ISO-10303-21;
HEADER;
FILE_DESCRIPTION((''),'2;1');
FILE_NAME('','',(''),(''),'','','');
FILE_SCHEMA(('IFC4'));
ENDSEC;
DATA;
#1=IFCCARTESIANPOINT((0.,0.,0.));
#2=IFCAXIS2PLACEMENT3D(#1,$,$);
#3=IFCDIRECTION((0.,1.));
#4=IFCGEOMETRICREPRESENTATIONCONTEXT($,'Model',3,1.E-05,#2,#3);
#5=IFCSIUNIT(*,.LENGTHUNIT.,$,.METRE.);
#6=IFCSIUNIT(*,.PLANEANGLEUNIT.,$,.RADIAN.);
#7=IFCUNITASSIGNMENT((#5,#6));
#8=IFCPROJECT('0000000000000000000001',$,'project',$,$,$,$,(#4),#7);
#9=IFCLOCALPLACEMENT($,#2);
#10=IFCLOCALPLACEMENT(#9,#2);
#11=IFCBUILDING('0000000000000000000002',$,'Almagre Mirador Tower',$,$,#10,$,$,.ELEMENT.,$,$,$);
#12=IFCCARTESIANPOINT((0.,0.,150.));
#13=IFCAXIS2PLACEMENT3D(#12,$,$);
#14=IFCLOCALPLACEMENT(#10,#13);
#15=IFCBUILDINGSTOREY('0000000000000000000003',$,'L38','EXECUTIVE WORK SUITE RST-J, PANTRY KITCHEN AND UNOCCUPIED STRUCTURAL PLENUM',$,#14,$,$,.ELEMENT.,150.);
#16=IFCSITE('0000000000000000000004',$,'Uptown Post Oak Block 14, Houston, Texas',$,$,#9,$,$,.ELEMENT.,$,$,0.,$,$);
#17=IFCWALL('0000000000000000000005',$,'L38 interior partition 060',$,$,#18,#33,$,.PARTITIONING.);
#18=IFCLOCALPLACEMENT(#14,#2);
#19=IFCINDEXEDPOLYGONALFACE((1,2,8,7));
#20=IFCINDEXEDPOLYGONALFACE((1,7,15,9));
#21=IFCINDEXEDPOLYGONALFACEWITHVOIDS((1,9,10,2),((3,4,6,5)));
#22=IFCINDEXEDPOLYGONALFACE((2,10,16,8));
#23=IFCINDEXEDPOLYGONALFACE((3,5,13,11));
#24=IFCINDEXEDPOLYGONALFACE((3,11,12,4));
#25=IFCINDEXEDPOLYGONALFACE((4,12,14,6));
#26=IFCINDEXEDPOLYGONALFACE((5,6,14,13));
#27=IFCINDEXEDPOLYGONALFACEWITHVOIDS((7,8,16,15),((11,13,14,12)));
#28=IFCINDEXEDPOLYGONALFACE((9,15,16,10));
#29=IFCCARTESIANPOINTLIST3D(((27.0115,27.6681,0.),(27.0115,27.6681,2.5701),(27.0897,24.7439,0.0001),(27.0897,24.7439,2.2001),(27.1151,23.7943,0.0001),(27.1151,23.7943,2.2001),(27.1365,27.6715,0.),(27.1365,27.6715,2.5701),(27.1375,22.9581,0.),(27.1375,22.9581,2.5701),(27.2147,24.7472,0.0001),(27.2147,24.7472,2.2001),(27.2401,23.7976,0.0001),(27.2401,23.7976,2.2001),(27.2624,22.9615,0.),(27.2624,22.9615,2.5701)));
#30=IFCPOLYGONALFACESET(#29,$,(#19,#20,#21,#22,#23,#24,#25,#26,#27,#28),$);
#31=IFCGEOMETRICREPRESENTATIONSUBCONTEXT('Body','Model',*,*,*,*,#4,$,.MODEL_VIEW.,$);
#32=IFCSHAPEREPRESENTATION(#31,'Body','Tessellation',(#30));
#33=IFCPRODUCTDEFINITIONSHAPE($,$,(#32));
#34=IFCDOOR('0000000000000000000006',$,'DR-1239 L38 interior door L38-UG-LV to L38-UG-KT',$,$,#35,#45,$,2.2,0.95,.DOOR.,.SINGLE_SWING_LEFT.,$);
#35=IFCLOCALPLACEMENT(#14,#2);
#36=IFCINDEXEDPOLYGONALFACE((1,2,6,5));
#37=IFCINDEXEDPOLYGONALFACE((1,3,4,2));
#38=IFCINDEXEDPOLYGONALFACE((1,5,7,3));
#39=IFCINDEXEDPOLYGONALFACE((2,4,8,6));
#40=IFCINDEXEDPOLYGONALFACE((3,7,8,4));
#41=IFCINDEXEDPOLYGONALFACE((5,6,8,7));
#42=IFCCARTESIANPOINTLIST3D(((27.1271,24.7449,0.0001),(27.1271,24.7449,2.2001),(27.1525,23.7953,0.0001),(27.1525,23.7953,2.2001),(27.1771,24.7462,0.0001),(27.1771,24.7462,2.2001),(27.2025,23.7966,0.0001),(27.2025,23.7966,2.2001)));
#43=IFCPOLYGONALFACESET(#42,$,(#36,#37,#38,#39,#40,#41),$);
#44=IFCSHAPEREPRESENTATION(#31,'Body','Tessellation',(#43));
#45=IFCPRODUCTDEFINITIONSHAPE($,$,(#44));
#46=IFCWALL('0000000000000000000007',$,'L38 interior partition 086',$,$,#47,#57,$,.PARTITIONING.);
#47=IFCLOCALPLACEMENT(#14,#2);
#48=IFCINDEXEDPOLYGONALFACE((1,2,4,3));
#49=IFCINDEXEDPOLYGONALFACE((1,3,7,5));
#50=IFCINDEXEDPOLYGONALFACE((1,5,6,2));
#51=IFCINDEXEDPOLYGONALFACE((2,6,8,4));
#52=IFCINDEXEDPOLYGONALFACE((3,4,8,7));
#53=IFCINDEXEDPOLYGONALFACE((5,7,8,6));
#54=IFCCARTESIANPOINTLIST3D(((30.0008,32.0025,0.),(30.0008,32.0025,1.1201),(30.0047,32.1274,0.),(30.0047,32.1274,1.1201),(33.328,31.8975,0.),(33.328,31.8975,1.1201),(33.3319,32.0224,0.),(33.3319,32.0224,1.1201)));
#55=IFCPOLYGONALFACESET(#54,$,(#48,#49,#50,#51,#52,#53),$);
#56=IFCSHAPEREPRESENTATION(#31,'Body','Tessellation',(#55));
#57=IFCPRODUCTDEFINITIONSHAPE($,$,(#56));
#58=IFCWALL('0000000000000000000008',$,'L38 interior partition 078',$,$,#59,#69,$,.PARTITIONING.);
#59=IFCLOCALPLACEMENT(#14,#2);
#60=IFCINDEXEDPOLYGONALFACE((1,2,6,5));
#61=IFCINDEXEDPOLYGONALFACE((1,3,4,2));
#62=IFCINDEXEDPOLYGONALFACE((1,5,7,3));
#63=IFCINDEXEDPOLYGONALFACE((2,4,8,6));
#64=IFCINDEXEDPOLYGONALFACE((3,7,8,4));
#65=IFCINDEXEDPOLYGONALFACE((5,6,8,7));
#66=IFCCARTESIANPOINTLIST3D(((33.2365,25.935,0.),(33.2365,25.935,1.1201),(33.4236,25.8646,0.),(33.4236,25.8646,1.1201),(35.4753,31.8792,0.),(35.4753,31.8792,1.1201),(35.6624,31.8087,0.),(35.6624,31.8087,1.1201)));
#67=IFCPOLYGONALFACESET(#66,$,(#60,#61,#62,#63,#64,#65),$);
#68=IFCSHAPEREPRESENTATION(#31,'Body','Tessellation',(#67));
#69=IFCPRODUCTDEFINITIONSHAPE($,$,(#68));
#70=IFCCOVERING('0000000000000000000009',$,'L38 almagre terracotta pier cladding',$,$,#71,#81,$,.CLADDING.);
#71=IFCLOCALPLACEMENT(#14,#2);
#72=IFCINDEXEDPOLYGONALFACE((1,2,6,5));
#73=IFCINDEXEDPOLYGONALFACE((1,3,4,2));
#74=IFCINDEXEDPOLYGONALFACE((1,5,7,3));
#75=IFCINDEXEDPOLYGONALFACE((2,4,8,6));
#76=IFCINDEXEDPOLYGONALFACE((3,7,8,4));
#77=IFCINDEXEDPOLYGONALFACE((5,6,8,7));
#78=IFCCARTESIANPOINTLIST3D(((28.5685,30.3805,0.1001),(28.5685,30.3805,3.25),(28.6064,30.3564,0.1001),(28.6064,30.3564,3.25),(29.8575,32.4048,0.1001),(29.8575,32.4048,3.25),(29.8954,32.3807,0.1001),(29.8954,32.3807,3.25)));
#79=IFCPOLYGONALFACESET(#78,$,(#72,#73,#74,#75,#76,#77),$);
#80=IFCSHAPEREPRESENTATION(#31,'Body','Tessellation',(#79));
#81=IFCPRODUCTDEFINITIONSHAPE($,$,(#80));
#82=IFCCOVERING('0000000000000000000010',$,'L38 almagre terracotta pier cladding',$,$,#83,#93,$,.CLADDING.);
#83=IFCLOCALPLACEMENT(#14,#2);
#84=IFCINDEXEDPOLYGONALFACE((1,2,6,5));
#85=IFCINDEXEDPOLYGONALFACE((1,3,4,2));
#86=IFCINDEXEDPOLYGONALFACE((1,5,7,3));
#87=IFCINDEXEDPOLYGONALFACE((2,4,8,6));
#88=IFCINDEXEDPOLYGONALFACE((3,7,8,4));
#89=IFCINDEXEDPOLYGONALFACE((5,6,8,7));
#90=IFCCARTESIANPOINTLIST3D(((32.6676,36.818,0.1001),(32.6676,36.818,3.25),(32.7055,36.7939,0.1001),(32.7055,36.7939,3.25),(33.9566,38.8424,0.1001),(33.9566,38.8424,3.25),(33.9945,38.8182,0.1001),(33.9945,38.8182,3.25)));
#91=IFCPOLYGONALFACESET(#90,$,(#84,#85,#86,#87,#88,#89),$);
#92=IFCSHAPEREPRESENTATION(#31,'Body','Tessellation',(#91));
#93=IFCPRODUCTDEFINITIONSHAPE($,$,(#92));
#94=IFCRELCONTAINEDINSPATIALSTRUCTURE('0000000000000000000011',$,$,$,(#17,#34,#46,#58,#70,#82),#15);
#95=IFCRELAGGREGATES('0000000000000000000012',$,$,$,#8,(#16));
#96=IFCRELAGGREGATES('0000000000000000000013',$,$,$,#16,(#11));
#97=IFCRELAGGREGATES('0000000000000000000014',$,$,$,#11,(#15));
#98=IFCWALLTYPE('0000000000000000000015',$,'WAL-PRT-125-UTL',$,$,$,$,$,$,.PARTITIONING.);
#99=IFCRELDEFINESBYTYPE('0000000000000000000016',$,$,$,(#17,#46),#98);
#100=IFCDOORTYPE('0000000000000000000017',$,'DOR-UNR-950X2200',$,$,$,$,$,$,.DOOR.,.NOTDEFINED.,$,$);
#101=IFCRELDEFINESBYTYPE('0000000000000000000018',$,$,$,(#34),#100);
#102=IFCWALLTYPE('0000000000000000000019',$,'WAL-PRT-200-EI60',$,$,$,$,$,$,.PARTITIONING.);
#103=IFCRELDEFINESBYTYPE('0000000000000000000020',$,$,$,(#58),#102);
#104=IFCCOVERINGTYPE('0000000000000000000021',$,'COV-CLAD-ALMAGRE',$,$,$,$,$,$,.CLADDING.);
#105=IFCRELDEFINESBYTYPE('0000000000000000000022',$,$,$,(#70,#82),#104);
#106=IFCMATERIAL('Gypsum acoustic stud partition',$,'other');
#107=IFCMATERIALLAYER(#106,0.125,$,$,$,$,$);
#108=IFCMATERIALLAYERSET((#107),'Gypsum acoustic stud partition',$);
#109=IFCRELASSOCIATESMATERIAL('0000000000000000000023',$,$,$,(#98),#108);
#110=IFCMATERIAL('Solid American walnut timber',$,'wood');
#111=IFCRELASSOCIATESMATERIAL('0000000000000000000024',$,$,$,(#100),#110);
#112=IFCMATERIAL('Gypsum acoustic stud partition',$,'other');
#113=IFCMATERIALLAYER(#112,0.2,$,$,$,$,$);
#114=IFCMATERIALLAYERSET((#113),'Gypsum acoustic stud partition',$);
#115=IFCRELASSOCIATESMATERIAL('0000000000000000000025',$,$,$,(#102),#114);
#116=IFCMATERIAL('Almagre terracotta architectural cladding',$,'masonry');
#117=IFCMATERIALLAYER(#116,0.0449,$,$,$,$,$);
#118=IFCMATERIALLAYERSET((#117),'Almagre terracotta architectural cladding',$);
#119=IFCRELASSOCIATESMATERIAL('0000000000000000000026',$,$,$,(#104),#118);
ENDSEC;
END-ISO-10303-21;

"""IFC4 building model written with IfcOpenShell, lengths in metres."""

from ifc_helpers import new_model, si_unit, direction, frame, frame_2d, origin, origin_2d, place, context, subcontext, project, spatial, rectangle, extrude, material, layer, layer_set, type_object, element, fill, save


model = new_model("IFC4")

# Units and contexts
model_context = context("Model", 3, precision=1e-05, world=origin(), true_north=direction((0.0, 1.0)))
body_context = subcontext(model_context, "Body", "Model", "MODEL_VIEW")
ifc_project = project(units=[si_unit("LENGTHUNIT", "METRE"), si_unit("PLANEANGLEUNIT", "RADIAN")], contexts=[model_context])

# Site, building, storey
site_placement = place(None, origin())
site = spatial("IfcSite", under=ifc_project, at=site_placement, Name="Uptown Post Oak Block 14, Houston, Texas", CompositionType="ELEMENT", RefElevation=0.0)
building_placement = place(site_placement, origin())
building = spatial("IfcBuilding", under=site, at=building_placement, Name="Almagre Mirador Tower", CompositionType="ELEMENT")
storey_placement = place(building_placement, frame((0.0, 0.0, 150.0)))
storey = spatial("IfcBuildingStorey", under=building, at=storey_placement, Name="L38", Description="EXECUTIVE WORK SUITE RST-J, PANTRY KITCHEN AND UNOCCUPIED STRUCTURAL PLENUM", CompositionType="ELEMENT", Elevation=150.0)

# Wall, opening, door
ifc_material_1 = material(Name="Gypsum acoustic stud partition", Category="other")
ifc_layer_1 = layer(ifc_material_1, 0.125)
ifc_layer_set_1 = layer_set([ifc_layer_1], Name="Gypsum acoustic stud partition")
wall_type_1 = type_object("IfcWallType", Name="WAL-PRT-125-UTL", PredefinedType="PARTITIONING", material=ifc_layer_set_1)
wall_1_placement = place(storey_placement, frame((27.074, 27.6699, 0.0), z_axis=(0.0, 0.0, 1.0), x_axis=(0.026737, -0.999642, 0.0)))
wall_1 = element("IfcWall", 1, at=wall_1_placement, inside=storey, type_object=wall_type_1, Name="L38 interior partition 060", PredefinedType="PARTITIONING", context=body_context, shape_type="SweptSolid", body=[
    extrude(rectangle(XDim=4.7117, YDim=0.125, at=frame_2d((2.356, 0.0))), origin(), (0.0, 0.0, 1.0), 2.5701),
])
opening_1_placement = place(wall_1_placement, frame((2.9253, 0.0, 0.0)))
opening_1 = element("IfcOpeningElement", 2, at=opening_1_placement, cuts=wall_1, PredefinedType="OPENING", context=body_context, shape_type="SweptSolid", body=[
    extrude(rectangle(XDim=0.95, YDim=2.2, at=frame_2d((0.4751, 1.1001))), frame((0.0, 0.0725, 0.0), z_axis=(0.0, -1.0, 0.0), x_axis=(1.0, 0.0, 0.0)), (0.0, 0.0, 1.0), 0.145),
])
ifc_material_2 = material(Name="Solid American walnut timber", Category="wood")
door_type_1 = type_object("IfcDoorType", Name="DOR-UNR-950X2200", OperationType="NOTDEFINED", PredefinedType="DOOR", material=ifc_material_2)
door_1_placement = place(opening_1_placement, origin())
door_1 = element("IfcDoor", 3, at=door_1_placement, inside=storey, type_object=door_type_1, Name="DR-1239 L38 interior door L38-UG-LV to L38-UG-KT", OperationType="SINGLE_SWING_LEFT", OverallHeight=2.2, OverallWidth=0.95, PredefinedType="DOOR", context=body_context, shape_type="SweptSolid", body=[
    extrude(rectangle(XDim=0.95, YDim=2.2, at=frame_2d((0.4751, 1.1001))), frame((0.0, 0.0249, 0.0), z_axis=(0.0, -1.0, 0.0), x_axis=(1.0, 0.0, 0.0)), (0.0, 0.0, 1.0), 0.05),
])
fill(opening_1, door_1)

# Walls
wall_2_placement = place(storey_placement, frame((33.3301, 31.96, 0.0), z_axis=(0.0, 0.0, 1.0), x_axis=(-0.999503, 0.031537, 0.0)))
element("IfcWall", 4, at=wall_2_placement, inside=storey, type_object=wall_type_1, Name="L38 interior partition 086", PredefinedType="PARTITIONING", context=body_context, shape_type="SweptSolid", body=[
    extrude(rectangle(XDim=3.3289, YDim=0.125, at=frame_2d((1.6646, 0.0))), origin(), (0.0, 0.0, 1.0), 1.1201),
])
ifc_material_3 = material(Name="Gypsum acoustic stud partition", Category="other")
ifc_layer_2 = layer(ifc_material_3, 0.2)
ifc_layer_set_2 = layer_set([ifc_layer_2], Name="Gypsum acoustic stud partition")
wall_type_2 = type_object("IfcWallType", Name="WAL-PRT-200-EI60", PredefinedType="PARTITIONING", material=ifc_layer_set_2)
wall_3_placement = place(storey_placement, frame((33.3301, 25.8999, 0.0), z_axis=(0.0, 0.0, 1.0), x_axis=(0.352467, 0.935824, 0.0)))
element("IfcWall", 5, at=wall_3_placement, inside=storey, type_object=wall_type_2, Name="L38 interior partition 078", PredefinedType="PARTITIONING", context=body_context, shape_type="SweptSolid", body=[
    extrude(rectangle(XDim=6.3518, YDim=0.2, at=frame_2d((3.1758, 0.0))), origin(), (0.0, 0.0, 1.0), 1.1201),
])

# Coverings
ifc_material_4 = material(Name="Almagre terracotta architectural cladding", Category="masonry")
ifc_layer_3 = layer(ifc_material_4, 0.0449)
ifc_layer_set_3 = layer_set([ifc_layer_3], Name="Almagre terracotta architectural cladding")
covering_type = type_object("IfcCoveringType", Name="COV-CLAD-ALMAGRE", PredefinedType="CLADDING", material=ifc_layer_set_3)
for number, where, z_axis, x_axis, name in (
    (6, (29.2319, 31.3806, 0.1001), (0.0, 0.0, 1.0), (0.537123, 0.843504, 0.0), "L38 almagre terracotta pier cladding"),
    (7, (33.3311, 37.8181, 0.1001), (0.0, 0.0, 1.0), (0.537108, 0.843513, 0.0), "L38 almagre terracotta pier cladding"),
):
    element("IfcCovering", number, at=place(storey_placement, frame(where, z_axis=z_axis, x_axis=x_axis)), inside=storey, type_object=covering_type, Name=name, PredefinedType="CLADDING", context=body_context, shape_type="SweptSolid", body=[
        extrude(rectangle(XDim=2.3999, YDim=0.0449, at=origin_2d()), origin(), (0.0, 0.0, 1.0), 3.1499),
    ])

save(model, "model.ifc")
